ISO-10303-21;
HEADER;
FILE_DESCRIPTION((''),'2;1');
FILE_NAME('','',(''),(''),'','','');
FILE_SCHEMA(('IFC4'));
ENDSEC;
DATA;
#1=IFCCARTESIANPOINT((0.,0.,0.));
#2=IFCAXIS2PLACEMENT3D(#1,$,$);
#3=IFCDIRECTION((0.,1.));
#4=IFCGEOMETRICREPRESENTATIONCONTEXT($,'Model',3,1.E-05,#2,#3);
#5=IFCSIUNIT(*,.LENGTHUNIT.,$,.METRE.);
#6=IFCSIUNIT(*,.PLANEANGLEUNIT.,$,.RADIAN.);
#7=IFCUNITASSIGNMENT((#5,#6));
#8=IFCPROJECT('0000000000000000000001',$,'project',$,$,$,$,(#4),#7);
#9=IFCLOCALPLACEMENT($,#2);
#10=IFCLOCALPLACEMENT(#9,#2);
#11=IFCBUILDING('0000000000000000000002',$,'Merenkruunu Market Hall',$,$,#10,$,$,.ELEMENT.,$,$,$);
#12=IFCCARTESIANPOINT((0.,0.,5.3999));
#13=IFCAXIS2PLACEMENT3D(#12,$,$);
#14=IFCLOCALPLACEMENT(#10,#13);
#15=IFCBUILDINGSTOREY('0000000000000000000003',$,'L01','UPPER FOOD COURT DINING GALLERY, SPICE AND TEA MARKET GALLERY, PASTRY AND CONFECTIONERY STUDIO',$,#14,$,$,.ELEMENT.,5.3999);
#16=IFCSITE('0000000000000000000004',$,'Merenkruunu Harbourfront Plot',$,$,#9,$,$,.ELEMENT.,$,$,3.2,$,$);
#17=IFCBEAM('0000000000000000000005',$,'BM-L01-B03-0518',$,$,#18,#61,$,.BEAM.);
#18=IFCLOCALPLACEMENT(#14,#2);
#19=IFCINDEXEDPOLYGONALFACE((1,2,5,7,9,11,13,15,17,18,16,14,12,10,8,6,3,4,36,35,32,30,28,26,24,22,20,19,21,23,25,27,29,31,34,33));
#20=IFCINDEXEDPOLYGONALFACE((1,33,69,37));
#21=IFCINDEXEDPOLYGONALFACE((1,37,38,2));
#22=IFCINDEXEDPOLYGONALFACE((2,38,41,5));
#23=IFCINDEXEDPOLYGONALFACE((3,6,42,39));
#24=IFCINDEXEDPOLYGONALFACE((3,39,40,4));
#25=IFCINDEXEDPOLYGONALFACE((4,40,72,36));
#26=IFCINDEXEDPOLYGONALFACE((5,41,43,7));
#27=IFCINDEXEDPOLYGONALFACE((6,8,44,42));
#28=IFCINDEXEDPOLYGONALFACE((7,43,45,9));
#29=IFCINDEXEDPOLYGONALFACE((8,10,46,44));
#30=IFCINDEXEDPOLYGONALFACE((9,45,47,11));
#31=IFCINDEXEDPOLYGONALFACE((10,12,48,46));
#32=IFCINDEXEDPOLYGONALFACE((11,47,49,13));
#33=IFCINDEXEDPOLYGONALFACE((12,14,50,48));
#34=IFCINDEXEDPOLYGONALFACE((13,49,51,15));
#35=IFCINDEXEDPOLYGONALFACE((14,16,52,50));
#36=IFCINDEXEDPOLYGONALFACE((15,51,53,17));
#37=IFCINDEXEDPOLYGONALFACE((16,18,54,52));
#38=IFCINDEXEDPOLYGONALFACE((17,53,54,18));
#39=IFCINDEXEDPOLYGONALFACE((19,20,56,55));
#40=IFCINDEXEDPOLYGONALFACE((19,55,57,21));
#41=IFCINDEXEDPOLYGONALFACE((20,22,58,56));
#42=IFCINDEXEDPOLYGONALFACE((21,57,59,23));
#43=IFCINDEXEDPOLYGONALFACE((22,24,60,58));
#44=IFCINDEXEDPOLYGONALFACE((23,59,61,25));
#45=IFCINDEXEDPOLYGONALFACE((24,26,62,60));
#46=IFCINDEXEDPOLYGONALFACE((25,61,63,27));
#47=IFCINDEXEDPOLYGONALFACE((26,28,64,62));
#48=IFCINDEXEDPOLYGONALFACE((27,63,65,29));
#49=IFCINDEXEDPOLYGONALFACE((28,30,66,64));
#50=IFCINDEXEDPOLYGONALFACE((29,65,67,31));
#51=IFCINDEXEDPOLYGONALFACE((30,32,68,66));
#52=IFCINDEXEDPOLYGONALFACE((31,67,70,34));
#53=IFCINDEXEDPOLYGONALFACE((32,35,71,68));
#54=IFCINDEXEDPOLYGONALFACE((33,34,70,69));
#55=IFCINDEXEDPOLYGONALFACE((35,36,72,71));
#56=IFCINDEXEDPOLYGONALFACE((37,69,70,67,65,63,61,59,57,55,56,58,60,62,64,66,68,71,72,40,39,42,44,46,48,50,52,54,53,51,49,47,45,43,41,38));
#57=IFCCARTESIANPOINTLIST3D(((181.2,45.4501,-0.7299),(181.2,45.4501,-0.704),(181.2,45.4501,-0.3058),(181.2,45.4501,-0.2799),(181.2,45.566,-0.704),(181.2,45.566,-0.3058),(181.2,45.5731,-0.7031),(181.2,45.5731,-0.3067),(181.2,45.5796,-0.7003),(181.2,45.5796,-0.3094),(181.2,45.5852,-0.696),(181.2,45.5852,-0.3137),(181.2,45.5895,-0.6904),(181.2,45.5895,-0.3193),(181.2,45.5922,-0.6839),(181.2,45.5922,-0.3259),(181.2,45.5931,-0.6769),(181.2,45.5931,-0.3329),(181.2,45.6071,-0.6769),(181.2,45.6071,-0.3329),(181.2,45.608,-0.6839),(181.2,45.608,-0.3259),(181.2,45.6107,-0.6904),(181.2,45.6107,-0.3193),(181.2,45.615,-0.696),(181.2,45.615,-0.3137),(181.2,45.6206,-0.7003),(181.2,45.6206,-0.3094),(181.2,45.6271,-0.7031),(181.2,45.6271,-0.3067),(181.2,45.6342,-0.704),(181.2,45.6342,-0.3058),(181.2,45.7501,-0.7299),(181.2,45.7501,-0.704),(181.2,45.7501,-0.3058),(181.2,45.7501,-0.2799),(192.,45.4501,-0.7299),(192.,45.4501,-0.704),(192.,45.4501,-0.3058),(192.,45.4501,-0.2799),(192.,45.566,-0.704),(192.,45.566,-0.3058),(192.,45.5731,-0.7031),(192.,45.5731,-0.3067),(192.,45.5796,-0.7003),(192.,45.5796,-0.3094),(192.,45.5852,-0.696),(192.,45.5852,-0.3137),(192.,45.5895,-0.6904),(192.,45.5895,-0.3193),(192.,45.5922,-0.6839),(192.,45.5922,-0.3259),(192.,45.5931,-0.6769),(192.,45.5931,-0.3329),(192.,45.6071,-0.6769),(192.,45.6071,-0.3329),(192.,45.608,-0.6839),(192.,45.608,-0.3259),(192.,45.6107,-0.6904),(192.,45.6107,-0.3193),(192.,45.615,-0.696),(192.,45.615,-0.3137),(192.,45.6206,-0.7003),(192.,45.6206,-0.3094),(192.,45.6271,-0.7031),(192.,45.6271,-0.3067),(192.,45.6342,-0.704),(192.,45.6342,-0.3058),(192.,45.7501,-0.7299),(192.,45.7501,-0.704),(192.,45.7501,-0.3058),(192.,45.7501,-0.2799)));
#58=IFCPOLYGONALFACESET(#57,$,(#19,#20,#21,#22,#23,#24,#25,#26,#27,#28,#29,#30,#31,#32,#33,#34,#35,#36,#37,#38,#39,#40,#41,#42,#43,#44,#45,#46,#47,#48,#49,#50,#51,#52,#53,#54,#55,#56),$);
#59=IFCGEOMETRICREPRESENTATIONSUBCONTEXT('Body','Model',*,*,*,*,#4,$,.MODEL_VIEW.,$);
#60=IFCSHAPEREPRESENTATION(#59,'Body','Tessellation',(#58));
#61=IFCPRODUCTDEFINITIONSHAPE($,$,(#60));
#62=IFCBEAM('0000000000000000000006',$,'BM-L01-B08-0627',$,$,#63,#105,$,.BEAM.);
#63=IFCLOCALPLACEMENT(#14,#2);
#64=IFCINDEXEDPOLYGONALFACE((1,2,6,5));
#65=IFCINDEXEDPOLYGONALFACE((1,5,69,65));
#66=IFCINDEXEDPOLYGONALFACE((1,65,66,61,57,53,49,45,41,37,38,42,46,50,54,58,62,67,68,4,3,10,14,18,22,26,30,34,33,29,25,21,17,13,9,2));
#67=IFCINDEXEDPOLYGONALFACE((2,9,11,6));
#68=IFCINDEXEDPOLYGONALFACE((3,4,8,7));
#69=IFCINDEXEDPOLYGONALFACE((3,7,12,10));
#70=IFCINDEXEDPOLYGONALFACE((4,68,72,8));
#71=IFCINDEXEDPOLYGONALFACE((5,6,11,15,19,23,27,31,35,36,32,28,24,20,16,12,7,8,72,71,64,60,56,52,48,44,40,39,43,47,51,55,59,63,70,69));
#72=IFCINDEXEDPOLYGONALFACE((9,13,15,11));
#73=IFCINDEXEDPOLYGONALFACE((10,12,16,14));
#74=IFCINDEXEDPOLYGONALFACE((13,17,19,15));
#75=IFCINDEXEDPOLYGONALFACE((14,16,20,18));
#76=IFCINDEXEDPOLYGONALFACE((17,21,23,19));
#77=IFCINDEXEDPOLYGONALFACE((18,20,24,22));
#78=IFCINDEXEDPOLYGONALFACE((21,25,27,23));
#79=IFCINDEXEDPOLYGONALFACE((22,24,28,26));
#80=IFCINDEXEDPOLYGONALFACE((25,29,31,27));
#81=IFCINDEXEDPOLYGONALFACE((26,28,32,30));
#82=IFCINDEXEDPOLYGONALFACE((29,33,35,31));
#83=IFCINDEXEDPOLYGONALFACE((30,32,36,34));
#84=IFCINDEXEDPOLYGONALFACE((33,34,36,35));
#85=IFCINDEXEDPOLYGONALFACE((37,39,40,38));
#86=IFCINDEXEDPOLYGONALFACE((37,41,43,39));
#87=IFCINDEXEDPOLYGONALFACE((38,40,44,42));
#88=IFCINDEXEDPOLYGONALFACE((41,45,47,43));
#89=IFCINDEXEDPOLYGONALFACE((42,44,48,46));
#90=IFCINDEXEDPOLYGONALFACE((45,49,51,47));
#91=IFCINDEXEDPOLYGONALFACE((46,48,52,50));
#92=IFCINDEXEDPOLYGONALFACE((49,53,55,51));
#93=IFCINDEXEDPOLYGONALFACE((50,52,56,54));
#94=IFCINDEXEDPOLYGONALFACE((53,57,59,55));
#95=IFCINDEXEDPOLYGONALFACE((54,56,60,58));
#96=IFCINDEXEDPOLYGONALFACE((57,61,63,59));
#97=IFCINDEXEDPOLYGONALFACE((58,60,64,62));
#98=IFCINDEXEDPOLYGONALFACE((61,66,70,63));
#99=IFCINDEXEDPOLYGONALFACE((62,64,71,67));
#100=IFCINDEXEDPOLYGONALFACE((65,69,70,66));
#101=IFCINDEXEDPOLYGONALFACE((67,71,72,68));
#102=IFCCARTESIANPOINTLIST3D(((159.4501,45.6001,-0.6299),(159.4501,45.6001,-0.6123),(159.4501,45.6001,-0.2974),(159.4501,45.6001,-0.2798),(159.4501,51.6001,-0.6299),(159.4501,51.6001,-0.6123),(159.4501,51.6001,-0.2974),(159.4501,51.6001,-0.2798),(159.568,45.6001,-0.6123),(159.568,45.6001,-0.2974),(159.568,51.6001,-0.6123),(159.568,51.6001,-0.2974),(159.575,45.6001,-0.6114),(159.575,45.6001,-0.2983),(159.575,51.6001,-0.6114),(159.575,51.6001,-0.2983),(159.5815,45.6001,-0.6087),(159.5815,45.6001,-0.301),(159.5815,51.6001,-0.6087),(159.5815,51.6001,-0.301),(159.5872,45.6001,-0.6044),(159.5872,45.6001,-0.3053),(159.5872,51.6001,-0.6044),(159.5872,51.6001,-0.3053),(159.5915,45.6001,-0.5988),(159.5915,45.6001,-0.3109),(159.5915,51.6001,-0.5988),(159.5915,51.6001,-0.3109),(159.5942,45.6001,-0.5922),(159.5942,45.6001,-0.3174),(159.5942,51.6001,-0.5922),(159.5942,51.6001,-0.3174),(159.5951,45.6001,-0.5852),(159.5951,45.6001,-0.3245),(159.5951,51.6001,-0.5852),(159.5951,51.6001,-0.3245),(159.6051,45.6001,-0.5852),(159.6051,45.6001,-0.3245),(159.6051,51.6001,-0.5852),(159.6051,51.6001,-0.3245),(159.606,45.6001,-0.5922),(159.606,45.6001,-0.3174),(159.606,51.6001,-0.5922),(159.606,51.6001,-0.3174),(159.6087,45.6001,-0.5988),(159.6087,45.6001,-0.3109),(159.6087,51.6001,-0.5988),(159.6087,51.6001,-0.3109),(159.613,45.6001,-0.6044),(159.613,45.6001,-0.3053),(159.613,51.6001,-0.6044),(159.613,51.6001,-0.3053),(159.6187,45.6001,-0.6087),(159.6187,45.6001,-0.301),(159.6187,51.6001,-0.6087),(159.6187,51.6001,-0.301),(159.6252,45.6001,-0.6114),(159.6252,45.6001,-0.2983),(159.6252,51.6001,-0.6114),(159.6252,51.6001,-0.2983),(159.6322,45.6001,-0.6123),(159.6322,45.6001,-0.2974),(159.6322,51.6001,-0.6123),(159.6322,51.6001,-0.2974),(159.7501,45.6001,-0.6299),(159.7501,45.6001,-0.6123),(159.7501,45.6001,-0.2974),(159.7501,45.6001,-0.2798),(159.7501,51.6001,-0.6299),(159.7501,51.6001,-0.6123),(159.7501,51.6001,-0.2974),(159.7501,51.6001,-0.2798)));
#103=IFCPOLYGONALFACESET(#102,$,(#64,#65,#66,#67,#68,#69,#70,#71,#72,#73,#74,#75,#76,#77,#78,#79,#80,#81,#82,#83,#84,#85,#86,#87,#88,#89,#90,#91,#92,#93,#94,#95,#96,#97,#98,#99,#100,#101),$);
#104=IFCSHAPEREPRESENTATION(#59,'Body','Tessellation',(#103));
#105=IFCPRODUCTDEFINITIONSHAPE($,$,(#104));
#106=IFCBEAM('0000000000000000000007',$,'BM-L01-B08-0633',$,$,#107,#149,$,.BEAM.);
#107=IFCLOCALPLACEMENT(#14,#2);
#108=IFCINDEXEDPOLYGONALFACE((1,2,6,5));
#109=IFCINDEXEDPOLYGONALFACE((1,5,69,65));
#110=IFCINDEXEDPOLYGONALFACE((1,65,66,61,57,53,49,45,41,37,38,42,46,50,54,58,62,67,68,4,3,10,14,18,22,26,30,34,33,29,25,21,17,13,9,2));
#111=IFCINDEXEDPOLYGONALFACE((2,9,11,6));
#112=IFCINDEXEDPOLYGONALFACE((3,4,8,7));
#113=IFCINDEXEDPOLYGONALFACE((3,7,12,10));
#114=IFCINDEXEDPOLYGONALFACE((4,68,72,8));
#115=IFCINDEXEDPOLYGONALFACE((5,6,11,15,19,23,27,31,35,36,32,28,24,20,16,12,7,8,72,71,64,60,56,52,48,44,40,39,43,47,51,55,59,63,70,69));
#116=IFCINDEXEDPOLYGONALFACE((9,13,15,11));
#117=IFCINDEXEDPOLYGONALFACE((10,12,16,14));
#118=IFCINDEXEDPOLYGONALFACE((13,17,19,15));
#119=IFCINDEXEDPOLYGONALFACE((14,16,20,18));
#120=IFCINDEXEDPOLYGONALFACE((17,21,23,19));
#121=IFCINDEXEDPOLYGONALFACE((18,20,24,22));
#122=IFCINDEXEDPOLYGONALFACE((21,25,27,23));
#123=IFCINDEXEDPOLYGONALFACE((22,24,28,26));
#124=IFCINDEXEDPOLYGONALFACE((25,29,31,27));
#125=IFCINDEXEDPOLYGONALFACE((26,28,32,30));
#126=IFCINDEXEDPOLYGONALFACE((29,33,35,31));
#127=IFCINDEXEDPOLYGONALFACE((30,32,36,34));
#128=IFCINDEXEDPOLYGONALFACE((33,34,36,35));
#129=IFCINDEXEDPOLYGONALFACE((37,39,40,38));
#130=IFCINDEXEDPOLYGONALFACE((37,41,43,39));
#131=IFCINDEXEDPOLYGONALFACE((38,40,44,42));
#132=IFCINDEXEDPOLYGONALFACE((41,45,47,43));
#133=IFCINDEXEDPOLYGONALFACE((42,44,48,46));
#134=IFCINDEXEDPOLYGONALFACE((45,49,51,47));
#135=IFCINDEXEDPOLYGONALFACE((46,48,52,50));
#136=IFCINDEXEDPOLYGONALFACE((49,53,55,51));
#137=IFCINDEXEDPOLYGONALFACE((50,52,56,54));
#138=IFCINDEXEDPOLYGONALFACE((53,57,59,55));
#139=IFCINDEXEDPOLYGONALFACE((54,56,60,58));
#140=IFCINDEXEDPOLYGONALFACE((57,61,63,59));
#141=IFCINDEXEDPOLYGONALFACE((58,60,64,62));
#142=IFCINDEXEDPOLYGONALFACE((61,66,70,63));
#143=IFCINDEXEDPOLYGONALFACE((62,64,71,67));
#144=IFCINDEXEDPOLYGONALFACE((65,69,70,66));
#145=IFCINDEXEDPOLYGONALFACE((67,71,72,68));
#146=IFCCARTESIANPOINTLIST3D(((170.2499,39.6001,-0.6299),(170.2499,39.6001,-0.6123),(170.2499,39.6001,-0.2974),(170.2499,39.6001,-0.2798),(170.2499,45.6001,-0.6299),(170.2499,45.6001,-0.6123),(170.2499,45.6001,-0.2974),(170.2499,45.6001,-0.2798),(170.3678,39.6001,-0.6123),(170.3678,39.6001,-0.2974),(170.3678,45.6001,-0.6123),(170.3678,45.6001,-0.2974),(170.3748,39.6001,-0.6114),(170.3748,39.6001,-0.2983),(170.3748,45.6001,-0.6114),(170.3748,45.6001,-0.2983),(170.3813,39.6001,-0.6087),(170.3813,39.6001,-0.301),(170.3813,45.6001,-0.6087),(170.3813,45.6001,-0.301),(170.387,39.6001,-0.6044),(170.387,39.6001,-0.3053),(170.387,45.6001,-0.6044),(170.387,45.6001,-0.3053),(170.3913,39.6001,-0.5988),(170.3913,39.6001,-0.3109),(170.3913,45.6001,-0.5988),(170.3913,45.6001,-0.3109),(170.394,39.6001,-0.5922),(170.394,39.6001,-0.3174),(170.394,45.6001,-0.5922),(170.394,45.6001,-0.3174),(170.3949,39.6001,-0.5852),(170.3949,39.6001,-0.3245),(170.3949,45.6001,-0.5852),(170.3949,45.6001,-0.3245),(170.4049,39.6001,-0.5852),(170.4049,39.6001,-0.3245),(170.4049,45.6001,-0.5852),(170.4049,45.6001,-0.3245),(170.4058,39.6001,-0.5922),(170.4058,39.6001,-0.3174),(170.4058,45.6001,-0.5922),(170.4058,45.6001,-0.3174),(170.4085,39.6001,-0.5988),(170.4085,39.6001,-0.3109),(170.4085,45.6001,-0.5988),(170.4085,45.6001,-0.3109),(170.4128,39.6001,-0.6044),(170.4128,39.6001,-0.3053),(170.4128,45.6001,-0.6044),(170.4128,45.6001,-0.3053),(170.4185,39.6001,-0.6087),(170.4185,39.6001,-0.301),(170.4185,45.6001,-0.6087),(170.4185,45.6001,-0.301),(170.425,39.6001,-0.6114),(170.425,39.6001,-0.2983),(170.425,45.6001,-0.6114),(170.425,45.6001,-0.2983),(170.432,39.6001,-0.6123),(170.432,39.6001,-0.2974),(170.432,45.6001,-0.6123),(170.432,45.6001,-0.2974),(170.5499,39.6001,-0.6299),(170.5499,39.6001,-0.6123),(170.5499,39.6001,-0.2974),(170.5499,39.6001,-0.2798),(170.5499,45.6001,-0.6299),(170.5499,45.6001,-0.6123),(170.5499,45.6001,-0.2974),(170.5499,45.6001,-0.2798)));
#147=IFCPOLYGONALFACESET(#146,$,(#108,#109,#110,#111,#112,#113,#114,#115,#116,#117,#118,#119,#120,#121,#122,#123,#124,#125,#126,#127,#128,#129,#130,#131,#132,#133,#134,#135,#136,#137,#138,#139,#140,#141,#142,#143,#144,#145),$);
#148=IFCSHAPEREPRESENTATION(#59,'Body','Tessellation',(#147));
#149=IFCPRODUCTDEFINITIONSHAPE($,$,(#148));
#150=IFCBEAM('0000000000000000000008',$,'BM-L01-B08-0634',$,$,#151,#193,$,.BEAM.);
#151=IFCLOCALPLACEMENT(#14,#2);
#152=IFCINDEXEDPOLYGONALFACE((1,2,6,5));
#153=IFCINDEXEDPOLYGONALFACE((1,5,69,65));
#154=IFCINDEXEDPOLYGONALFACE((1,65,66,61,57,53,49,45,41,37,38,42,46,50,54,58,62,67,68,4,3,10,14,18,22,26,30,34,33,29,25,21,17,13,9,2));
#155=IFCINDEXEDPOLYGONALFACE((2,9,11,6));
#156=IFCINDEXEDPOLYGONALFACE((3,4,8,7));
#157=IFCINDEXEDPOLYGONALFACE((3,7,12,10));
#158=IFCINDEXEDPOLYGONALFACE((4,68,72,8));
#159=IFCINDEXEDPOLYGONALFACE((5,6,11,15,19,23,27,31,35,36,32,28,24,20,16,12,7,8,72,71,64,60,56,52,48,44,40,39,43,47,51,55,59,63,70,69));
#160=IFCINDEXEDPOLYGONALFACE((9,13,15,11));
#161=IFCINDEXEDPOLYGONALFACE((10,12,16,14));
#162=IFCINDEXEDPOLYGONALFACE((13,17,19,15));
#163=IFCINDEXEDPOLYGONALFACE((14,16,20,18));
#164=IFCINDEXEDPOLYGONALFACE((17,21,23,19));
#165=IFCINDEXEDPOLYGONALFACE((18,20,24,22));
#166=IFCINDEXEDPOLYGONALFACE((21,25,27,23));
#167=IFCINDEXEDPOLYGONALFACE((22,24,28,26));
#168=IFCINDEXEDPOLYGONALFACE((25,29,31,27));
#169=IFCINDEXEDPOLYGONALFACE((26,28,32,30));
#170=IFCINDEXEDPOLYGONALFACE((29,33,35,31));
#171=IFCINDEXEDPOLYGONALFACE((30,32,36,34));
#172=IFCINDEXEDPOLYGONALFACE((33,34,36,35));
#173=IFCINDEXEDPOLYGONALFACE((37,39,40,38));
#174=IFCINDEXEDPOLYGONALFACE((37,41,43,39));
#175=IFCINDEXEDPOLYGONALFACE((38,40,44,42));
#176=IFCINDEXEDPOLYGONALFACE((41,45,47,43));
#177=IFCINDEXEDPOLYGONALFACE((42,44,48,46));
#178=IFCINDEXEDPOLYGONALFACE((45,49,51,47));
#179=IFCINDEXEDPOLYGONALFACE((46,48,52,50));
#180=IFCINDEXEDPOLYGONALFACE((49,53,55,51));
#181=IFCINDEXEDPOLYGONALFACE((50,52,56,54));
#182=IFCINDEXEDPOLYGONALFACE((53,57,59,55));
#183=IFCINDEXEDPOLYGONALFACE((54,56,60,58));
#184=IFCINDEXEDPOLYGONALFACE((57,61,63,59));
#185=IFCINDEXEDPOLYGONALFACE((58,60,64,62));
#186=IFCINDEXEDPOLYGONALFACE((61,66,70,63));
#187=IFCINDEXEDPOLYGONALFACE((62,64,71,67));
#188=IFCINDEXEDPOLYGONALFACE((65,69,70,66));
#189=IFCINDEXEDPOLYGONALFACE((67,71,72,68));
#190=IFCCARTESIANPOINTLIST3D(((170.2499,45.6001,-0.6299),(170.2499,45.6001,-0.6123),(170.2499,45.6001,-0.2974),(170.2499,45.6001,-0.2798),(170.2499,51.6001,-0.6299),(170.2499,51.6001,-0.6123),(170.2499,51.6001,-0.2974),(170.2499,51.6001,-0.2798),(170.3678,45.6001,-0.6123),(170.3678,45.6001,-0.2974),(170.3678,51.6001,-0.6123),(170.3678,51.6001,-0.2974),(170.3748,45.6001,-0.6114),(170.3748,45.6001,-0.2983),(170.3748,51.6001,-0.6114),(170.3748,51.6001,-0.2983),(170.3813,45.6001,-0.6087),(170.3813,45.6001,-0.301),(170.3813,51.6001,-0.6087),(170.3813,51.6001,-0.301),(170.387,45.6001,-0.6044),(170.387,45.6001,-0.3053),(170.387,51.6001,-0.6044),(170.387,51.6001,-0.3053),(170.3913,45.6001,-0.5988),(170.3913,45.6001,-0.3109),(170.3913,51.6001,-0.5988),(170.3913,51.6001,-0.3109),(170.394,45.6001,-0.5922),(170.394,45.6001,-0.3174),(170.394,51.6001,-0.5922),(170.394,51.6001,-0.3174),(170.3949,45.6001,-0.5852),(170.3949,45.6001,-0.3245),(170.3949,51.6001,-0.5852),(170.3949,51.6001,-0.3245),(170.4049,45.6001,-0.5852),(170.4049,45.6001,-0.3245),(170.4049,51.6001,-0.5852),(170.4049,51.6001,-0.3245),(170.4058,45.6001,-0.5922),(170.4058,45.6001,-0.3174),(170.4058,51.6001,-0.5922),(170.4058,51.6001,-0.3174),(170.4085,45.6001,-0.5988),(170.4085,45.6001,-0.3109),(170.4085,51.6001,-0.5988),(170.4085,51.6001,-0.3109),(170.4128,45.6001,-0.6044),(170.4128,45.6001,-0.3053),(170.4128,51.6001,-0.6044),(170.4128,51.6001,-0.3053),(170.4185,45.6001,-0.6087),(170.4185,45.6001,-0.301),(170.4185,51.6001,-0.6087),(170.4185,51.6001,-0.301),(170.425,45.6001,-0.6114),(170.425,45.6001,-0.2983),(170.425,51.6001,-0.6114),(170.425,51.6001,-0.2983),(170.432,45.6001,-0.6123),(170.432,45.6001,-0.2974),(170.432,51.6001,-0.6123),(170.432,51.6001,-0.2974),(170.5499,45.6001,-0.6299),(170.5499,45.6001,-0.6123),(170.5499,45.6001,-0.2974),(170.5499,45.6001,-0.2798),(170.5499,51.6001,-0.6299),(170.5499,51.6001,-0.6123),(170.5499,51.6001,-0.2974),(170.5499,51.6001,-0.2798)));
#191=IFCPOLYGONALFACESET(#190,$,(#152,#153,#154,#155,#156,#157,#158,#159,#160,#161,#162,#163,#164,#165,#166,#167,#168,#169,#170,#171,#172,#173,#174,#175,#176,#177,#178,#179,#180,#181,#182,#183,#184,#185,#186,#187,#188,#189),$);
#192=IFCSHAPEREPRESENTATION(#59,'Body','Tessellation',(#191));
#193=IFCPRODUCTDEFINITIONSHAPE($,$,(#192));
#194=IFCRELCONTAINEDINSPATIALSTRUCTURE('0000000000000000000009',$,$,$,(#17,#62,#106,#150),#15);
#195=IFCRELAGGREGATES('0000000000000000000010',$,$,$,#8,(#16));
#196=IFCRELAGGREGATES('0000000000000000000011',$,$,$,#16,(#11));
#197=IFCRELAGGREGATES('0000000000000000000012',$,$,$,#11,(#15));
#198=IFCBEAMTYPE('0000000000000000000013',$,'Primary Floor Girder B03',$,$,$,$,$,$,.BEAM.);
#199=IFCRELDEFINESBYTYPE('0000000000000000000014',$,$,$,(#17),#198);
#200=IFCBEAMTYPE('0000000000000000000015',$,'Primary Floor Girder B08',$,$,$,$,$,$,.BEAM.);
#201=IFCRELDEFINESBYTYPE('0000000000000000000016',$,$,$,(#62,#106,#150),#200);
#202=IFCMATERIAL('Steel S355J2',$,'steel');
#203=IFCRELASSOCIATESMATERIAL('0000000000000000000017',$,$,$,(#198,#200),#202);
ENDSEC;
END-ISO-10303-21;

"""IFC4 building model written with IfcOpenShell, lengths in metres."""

from ifc_helpers import new_model, si_unit, direction, frame, origin, origin_2d, place, context, subcontext, project, spatial, i_section, extrude, material, material_profile, profile_set, type_object, element, save


model = new_model("IFC4")

# Units and contexts
model_context = context("Model", 3, precision=1e-05, world=origin(), true_north=direction((0.0, 1.0)))
body_context = subcontext(model_context, "Body", "Model", "MODEL_VIEW")
ifc_project = project(units=[si_unit("LENGTHUNIT", "METRE"), si_unit("PLANEANGLEUNIT", "RADIAN")], contexts=[model_context])

# Site, building, storey
site_placement = place(None, origin())
site = spatial("IfcSite", under=ifc_project, at=site_placement, Name="Merenkruunu Harbourfront Plot", CompositionType="ELEMENT", RefElevation=3.2)
building_placement = place(site_placement, origin())
building = spatial("IfcBuilding", under=site, at=building_placement, Name="Merenkruunu Market Hall", CompositionType="ELEMENT")
storey_placement = place(building_placement, frame((0.0, 0.0, 5.3999)))
storey = spatial("IfcBuildingStorey", under=building, at=storey_placement, Name="L01", Description="UPPER FOOD COURT DINING GALLERY, SPICE AND TEA MARKET GALLERY, PASTRY AND CONFECTIONERY STUDIO", CompositionType="ELEMENT", Elevation=5.3999)

# Shared definitions
ifc_material_1 = material(Name="Steel S355J2", Category="steel")

# Beams
ifc_material_profile_1 = material_profile(ifc_material_1, i_section(OverallWidth=0.3, OverallDepth=0.45, WebThickness=0.0139, FlangeThickness=0.0259, FilletRadius=0.0271, at=origin_2d()), Name="HEB 450")
ifc_profile_set_1 = profile_set([ifc_material_profile_1], Name="Steel S355J2")
beam_type_1 = type_object("IfcBeamType", Name="Primary Floor Girder B03", PredefinedType="BEAM", material=ifc_profile_set_1)
for number, where, z_axis, x_axis, name in (
    (1, (181.2, 45.6001, -0.5049), (1.0, 0.0, 0.0), (0.0, 1.0, 0.0), "BM-L01-B03-0518"),
):
    element("IfcBeam", number, at=place(storey_placement, frame(where, z_axis=z_axis, x_axis=x_axis)), inside=storey, type_object=beam_type_1, Name=name, PredefinedType="BEAM", context=body_context, shape_type="SweptSolid", body=[
        extrude(i_section(OverallWidth=0.3, OverallDepth=0.45, WebThickness=0.0139, FlangeThickness=0.0259, FilletRadius=0.0271, at=origin_2d()), origin(), (0.0, 0.0, 1.0), 10.8),
    ])
ifc_material_profile_2 = material_profile(ifc_material_1, i_section(OverallWidth=0.3, OverallDepth=0.3501, WebThickness=0.01, FlangeThickness=0.0176, FilletRadius=0.0271, at=origin_2d()), Name="HEA 360")
ifc_profile_set_2 = profile_set([ifc_material_profile_2], Name="Steel S355J2")
beam_type_2 = type_object("IfcBeamType", Name="Primary Floor Girder B08", PredefinedType="BEAM", material=ifc_profile_set_2)
for number, where, z_axis, x_axis, name in (
    (2, (159.6001, 45.6001, -0.4548), (0.0, 1.0, 0.0), (-1.0, 0.0, 0.0), "BM-L01-B08-0627"),
    (3, (170.3999, 39.6001, -0.4548), (0.0, 1.0, 0.0), (-1.0, 0.0, 0.0), "BM-L01-B08-0633"),
    (4, (170.3999, 45.6001, -0.4548), (0.0, 1.0, 0.0), (-1.0, 0.0, 0.0), "BM-L01-B08-0634"),
):
    element("IfcBeam", number, at=place(storey_placement, frame(where, z_axis=z_axis, x_axis=x_axis)), inside=storey, type_object=beam_type_2, Name=name, PredefinedType="BEAM", context=body_context, shape_type="SweptSolid", body=[
        extrude(i_section(OverallWidth=0.3, OverallDepth=0.3501, WebThickness=0.01, FlangeThickness=0.0176, FilletRadius=0.0271, at=origin_2d()), origin(), (0.0, 0.0, 1.0), 6.0),
    ])

save(model, "model.ifc")
